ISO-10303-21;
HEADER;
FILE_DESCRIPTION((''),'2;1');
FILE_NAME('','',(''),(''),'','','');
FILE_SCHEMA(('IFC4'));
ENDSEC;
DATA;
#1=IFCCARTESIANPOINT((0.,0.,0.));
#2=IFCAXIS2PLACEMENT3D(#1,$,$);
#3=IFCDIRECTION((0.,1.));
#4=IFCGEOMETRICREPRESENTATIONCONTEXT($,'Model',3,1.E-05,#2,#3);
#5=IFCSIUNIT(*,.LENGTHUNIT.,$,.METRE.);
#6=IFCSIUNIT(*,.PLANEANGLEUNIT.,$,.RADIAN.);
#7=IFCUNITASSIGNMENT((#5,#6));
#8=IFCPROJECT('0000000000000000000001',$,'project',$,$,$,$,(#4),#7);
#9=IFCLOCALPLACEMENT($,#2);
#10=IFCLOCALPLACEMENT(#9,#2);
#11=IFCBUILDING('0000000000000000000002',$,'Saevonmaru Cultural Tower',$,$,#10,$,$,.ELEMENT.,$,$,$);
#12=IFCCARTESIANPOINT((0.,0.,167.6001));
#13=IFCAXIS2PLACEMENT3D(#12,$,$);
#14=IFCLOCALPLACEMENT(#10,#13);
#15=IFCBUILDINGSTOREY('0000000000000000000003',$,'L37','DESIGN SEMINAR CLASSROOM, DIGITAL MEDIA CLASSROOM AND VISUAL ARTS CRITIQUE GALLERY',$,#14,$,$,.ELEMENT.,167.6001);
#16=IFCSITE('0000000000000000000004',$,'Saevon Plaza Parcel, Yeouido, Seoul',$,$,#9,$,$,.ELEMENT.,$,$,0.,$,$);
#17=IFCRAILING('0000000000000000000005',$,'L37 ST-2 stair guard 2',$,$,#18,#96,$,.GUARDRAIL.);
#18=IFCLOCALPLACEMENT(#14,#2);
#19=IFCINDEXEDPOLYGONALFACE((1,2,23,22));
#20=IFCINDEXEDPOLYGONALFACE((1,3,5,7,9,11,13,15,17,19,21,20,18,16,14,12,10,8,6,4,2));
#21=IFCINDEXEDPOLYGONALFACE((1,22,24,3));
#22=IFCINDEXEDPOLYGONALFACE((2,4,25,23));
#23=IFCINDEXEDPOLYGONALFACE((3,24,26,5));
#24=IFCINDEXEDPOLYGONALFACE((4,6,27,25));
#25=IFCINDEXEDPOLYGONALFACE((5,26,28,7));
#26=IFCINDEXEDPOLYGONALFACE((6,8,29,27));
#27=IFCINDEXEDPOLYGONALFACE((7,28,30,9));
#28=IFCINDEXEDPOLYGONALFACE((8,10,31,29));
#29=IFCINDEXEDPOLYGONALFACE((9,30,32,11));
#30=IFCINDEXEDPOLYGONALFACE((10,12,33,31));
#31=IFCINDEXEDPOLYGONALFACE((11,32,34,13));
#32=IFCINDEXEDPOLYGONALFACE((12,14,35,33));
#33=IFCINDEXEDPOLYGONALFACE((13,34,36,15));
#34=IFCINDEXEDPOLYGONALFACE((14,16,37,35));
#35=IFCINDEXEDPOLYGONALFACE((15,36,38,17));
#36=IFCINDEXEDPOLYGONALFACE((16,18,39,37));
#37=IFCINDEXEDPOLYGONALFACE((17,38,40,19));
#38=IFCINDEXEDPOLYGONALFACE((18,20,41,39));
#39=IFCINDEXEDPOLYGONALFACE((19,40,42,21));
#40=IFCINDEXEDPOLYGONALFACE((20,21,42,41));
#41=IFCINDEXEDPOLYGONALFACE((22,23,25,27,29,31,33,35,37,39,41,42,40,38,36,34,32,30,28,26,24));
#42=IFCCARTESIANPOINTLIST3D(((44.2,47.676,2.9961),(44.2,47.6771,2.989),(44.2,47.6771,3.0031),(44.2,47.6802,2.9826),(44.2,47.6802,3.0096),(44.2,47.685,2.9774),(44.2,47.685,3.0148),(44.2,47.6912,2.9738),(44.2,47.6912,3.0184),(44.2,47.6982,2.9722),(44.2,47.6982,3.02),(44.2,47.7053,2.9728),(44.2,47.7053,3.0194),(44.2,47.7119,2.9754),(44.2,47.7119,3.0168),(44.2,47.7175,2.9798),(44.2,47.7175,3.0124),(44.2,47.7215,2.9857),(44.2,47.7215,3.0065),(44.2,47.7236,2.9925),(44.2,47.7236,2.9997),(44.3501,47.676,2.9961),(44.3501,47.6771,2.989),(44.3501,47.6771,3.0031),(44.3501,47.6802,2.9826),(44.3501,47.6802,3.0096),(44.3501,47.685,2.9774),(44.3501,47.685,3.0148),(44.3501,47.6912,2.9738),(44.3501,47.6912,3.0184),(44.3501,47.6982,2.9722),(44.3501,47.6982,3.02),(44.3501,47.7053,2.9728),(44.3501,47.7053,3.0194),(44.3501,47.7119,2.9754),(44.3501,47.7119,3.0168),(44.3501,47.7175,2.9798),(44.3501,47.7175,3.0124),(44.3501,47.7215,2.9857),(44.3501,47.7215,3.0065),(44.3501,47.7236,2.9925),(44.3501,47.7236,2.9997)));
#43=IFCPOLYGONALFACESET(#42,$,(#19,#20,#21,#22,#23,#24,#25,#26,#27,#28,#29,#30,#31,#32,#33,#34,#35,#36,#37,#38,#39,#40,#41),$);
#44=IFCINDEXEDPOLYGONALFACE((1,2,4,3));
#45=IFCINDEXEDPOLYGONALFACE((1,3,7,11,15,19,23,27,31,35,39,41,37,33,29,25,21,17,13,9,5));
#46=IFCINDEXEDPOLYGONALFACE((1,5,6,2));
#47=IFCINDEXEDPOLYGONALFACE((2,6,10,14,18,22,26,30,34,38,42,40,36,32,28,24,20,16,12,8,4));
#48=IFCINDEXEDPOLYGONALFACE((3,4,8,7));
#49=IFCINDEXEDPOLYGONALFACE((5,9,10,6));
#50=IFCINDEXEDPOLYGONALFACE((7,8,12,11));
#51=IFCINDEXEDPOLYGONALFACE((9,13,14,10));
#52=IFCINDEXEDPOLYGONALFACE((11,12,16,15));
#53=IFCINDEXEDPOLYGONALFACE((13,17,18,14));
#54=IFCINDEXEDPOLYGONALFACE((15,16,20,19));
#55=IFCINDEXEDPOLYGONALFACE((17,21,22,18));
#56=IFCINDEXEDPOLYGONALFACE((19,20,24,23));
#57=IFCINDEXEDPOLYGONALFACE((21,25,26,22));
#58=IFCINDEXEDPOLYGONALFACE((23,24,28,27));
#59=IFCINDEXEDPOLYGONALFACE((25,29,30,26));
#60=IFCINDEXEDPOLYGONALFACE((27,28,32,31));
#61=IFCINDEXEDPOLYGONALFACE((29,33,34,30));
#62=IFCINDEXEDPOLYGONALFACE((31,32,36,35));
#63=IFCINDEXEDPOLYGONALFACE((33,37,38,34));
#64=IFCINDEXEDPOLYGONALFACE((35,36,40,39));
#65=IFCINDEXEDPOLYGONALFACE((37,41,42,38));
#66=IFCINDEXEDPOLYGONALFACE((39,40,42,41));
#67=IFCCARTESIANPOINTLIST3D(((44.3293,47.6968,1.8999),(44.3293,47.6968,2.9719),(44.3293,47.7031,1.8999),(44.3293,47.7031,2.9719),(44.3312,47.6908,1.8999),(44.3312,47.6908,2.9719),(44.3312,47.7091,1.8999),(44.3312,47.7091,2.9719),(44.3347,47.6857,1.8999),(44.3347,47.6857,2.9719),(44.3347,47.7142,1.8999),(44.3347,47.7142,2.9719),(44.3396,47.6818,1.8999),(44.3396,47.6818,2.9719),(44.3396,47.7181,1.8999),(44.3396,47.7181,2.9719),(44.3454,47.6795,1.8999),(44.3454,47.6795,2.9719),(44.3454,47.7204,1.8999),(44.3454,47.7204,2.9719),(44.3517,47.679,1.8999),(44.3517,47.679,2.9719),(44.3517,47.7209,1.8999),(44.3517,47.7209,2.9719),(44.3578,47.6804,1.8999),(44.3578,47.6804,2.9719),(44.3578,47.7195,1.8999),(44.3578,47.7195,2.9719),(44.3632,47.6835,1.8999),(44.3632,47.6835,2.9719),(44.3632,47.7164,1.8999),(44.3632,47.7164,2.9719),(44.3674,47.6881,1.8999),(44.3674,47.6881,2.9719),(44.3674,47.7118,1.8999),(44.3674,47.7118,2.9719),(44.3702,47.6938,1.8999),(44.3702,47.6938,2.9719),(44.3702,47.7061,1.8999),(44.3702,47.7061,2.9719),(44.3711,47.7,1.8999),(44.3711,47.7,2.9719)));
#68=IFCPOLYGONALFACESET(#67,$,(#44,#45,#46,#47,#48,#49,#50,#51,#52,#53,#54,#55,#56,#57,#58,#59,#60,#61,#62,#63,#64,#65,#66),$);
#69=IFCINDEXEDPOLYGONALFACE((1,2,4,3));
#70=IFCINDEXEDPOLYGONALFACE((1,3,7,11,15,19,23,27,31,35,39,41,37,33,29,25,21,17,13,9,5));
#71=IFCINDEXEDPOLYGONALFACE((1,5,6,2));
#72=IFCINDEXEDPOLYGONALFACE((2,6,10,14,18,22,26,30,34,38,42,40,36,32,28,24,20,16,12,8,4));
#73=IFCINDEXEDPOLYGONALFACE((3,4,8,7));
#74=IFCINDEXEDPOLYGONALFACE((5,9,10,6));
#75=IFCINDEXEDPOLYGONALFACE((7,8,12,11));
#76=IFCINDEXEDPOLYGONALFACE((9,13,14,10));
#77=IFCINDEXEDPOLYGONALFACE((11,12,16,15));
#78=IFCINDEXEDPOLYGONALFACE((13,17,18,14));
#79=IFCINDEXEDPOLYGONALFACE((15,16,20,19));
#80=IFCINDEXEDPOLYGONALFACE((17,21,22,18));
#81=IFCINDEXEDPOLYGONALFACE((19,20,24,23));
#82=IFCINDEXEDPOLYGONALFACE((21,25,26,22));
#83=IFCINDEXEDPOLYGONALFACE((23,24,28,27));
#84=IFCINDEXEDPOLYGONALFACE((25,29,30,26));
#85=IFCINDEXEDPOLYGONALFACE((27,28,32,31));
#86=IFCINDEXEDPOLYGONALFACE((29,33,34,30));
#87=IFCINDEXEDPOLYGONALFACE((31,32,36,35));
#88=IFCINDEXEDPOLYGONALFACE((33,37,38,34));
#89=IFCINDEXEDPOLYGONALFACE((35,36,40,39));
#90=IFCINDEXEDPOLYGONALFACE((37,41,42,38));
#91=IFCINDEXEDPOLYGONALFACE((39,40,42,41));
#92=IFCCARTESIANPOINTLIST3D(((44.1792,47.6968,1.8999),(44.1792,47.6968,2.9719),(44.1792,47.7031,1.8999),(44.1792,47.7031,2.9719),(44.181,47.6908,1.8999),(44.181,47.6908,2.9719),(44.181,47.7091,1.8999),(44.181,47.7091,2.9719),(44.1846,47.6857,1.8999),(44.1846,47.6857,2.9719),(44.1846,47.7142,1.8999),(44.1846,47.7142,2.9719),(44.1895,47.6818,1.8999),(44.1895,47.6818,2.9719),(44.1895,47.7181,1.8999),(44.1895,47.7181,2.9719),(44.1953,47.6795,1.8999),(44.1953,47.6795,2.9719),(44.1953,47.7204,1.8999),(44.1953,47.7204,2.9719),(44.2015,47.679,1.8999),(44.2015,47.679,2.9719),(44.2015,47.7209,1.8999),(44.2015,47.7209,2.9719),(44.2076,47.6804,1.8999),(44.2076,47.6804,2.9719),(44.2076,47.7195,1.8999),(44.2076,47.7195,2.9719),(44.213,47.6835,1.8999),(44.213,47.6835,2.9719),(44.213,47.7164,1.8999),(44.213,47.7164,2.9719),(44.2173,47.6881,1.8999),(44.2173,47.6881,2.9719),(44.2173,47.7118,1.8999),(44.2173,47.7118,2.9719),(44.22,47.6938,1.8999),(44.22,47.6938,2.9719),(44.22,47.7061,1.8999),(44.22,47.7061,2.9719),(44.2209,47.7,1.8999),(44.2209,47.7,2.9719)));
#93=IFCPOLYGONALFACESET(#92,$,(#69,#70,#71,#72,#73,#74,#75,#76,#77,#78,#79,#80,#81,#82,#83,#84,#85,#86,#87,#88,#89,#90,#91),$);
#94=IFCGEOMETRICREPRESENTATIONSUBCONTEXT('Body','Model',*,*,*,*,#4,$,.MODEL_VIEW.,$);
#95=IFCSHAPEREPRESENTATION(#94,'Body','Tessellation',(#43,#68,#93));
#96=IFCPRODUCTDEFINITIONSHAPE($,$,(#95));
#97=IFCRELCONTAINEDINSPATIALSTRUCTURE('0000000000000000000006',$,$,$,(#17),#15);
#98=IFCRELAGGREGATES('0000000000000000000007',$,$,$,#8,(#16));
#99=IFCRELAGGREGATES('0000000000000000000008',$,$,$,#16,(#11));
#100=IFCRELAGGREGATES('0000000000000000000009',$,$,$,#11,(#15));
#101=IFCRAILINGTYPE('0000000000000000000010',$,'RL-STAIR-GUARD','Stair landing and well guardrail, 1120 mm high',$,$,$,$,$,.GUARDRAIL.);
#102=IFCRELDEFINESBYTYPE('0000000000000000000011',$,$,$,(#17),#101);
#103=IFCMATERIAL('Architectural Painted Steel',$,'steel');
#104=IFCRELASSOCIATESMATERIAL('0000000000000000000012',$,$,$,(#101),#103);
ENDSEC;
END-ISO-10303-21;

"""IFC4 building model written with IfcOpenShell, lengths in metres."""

from ifc_helpers import new_model, si_unit, direction, frame, origin, origin_2d, place, context, subcontext, project, spatial, circle, extrude, material, type_object, element, save


model = new_model("IFC4")

# Units and contexts
model_context = context("Model", 3, precision=1e-05, world=origin(), true_north=direction((0.0, 1.0)))
body_context = subcontext(model_context, "Body", "Model", "MODEL_VIEW")
ifc_project = project(units=[si_unit("LENGTHUNIT", "METRE"), si_unit("PLANEANGLEUNIT", "RADIAN")], contexts=[model_context])

# Site, building, storey
site_placement = place(None, origin())
site = spatial("IfcSite", under=ifc_project, at=site_placement, Name="Saevon Plaza Parcel, Yeouido, Seoul", CompositionType="ELEMENT", RefElevation=0.0)
building_placement = place(site_placement, origin())
building = spatial("IfcBuilding", under=site, at=building_placement, Name="Saevonmaru Cultural Tower", CompositionType="ELEMENT")
storey_placement = place(building_placement, frame((0.0, 0.0, 167.6001)))
storey = spatial("IfcBuildingStorey", under=building, at=storey_placement, Name="L37", Description="DESIGN SEMINAR CLASSROOM, DIGITAL MEDIA CLASSROOM AND VISUAL ARTS CRITIQUE GALLERY", CompositionType="ELEMENT", Elevation=167.6001)

# Railing
ifc_material_1 = material(Name="Architectural Painted Steel", Category="steel")
railing_type_1 = type_object("IfcRailingType", Name="RL-STAIR-GUARD", Description="Stair landing and well guardrail, 1120 mm high", PredefinedType="GUARDRAIL", material=ifc_material_1)
railing_1_placement = place(storey_placement, frame((44.3501, 47.7, 1.8999)))
element("IfcRailing", 1, at=railing_1_placement, inside=storey, type_object=railing_type_1, Name="L37 ST-2 stair guard 2", PredefinedType="GUARDRAIL", context=body_context, shape_type="SweptSolid", body=[
    extrude(circle(Radius=0.0239, at=origin_2d()), frame((0.0, 0.0, 1.0962), z_axis=(-1.0, 0.0, 0.0), x_axis=(0.0, -1.0, 0.0)), (0.0, 0.0, 1.0), 0.1501),
    extrude(circle(Radius=0.021, at=origin_2d()), origin(), (0.0, 0.0, 1.0), 1.072),
    extrude(circle(Radius=0.021, at=origin_2d()), frame((-0.1501, 0.0, 0.0)), (0.0, 0.0, 1.0), 1.072),
])

save(model, "model.ifc")
